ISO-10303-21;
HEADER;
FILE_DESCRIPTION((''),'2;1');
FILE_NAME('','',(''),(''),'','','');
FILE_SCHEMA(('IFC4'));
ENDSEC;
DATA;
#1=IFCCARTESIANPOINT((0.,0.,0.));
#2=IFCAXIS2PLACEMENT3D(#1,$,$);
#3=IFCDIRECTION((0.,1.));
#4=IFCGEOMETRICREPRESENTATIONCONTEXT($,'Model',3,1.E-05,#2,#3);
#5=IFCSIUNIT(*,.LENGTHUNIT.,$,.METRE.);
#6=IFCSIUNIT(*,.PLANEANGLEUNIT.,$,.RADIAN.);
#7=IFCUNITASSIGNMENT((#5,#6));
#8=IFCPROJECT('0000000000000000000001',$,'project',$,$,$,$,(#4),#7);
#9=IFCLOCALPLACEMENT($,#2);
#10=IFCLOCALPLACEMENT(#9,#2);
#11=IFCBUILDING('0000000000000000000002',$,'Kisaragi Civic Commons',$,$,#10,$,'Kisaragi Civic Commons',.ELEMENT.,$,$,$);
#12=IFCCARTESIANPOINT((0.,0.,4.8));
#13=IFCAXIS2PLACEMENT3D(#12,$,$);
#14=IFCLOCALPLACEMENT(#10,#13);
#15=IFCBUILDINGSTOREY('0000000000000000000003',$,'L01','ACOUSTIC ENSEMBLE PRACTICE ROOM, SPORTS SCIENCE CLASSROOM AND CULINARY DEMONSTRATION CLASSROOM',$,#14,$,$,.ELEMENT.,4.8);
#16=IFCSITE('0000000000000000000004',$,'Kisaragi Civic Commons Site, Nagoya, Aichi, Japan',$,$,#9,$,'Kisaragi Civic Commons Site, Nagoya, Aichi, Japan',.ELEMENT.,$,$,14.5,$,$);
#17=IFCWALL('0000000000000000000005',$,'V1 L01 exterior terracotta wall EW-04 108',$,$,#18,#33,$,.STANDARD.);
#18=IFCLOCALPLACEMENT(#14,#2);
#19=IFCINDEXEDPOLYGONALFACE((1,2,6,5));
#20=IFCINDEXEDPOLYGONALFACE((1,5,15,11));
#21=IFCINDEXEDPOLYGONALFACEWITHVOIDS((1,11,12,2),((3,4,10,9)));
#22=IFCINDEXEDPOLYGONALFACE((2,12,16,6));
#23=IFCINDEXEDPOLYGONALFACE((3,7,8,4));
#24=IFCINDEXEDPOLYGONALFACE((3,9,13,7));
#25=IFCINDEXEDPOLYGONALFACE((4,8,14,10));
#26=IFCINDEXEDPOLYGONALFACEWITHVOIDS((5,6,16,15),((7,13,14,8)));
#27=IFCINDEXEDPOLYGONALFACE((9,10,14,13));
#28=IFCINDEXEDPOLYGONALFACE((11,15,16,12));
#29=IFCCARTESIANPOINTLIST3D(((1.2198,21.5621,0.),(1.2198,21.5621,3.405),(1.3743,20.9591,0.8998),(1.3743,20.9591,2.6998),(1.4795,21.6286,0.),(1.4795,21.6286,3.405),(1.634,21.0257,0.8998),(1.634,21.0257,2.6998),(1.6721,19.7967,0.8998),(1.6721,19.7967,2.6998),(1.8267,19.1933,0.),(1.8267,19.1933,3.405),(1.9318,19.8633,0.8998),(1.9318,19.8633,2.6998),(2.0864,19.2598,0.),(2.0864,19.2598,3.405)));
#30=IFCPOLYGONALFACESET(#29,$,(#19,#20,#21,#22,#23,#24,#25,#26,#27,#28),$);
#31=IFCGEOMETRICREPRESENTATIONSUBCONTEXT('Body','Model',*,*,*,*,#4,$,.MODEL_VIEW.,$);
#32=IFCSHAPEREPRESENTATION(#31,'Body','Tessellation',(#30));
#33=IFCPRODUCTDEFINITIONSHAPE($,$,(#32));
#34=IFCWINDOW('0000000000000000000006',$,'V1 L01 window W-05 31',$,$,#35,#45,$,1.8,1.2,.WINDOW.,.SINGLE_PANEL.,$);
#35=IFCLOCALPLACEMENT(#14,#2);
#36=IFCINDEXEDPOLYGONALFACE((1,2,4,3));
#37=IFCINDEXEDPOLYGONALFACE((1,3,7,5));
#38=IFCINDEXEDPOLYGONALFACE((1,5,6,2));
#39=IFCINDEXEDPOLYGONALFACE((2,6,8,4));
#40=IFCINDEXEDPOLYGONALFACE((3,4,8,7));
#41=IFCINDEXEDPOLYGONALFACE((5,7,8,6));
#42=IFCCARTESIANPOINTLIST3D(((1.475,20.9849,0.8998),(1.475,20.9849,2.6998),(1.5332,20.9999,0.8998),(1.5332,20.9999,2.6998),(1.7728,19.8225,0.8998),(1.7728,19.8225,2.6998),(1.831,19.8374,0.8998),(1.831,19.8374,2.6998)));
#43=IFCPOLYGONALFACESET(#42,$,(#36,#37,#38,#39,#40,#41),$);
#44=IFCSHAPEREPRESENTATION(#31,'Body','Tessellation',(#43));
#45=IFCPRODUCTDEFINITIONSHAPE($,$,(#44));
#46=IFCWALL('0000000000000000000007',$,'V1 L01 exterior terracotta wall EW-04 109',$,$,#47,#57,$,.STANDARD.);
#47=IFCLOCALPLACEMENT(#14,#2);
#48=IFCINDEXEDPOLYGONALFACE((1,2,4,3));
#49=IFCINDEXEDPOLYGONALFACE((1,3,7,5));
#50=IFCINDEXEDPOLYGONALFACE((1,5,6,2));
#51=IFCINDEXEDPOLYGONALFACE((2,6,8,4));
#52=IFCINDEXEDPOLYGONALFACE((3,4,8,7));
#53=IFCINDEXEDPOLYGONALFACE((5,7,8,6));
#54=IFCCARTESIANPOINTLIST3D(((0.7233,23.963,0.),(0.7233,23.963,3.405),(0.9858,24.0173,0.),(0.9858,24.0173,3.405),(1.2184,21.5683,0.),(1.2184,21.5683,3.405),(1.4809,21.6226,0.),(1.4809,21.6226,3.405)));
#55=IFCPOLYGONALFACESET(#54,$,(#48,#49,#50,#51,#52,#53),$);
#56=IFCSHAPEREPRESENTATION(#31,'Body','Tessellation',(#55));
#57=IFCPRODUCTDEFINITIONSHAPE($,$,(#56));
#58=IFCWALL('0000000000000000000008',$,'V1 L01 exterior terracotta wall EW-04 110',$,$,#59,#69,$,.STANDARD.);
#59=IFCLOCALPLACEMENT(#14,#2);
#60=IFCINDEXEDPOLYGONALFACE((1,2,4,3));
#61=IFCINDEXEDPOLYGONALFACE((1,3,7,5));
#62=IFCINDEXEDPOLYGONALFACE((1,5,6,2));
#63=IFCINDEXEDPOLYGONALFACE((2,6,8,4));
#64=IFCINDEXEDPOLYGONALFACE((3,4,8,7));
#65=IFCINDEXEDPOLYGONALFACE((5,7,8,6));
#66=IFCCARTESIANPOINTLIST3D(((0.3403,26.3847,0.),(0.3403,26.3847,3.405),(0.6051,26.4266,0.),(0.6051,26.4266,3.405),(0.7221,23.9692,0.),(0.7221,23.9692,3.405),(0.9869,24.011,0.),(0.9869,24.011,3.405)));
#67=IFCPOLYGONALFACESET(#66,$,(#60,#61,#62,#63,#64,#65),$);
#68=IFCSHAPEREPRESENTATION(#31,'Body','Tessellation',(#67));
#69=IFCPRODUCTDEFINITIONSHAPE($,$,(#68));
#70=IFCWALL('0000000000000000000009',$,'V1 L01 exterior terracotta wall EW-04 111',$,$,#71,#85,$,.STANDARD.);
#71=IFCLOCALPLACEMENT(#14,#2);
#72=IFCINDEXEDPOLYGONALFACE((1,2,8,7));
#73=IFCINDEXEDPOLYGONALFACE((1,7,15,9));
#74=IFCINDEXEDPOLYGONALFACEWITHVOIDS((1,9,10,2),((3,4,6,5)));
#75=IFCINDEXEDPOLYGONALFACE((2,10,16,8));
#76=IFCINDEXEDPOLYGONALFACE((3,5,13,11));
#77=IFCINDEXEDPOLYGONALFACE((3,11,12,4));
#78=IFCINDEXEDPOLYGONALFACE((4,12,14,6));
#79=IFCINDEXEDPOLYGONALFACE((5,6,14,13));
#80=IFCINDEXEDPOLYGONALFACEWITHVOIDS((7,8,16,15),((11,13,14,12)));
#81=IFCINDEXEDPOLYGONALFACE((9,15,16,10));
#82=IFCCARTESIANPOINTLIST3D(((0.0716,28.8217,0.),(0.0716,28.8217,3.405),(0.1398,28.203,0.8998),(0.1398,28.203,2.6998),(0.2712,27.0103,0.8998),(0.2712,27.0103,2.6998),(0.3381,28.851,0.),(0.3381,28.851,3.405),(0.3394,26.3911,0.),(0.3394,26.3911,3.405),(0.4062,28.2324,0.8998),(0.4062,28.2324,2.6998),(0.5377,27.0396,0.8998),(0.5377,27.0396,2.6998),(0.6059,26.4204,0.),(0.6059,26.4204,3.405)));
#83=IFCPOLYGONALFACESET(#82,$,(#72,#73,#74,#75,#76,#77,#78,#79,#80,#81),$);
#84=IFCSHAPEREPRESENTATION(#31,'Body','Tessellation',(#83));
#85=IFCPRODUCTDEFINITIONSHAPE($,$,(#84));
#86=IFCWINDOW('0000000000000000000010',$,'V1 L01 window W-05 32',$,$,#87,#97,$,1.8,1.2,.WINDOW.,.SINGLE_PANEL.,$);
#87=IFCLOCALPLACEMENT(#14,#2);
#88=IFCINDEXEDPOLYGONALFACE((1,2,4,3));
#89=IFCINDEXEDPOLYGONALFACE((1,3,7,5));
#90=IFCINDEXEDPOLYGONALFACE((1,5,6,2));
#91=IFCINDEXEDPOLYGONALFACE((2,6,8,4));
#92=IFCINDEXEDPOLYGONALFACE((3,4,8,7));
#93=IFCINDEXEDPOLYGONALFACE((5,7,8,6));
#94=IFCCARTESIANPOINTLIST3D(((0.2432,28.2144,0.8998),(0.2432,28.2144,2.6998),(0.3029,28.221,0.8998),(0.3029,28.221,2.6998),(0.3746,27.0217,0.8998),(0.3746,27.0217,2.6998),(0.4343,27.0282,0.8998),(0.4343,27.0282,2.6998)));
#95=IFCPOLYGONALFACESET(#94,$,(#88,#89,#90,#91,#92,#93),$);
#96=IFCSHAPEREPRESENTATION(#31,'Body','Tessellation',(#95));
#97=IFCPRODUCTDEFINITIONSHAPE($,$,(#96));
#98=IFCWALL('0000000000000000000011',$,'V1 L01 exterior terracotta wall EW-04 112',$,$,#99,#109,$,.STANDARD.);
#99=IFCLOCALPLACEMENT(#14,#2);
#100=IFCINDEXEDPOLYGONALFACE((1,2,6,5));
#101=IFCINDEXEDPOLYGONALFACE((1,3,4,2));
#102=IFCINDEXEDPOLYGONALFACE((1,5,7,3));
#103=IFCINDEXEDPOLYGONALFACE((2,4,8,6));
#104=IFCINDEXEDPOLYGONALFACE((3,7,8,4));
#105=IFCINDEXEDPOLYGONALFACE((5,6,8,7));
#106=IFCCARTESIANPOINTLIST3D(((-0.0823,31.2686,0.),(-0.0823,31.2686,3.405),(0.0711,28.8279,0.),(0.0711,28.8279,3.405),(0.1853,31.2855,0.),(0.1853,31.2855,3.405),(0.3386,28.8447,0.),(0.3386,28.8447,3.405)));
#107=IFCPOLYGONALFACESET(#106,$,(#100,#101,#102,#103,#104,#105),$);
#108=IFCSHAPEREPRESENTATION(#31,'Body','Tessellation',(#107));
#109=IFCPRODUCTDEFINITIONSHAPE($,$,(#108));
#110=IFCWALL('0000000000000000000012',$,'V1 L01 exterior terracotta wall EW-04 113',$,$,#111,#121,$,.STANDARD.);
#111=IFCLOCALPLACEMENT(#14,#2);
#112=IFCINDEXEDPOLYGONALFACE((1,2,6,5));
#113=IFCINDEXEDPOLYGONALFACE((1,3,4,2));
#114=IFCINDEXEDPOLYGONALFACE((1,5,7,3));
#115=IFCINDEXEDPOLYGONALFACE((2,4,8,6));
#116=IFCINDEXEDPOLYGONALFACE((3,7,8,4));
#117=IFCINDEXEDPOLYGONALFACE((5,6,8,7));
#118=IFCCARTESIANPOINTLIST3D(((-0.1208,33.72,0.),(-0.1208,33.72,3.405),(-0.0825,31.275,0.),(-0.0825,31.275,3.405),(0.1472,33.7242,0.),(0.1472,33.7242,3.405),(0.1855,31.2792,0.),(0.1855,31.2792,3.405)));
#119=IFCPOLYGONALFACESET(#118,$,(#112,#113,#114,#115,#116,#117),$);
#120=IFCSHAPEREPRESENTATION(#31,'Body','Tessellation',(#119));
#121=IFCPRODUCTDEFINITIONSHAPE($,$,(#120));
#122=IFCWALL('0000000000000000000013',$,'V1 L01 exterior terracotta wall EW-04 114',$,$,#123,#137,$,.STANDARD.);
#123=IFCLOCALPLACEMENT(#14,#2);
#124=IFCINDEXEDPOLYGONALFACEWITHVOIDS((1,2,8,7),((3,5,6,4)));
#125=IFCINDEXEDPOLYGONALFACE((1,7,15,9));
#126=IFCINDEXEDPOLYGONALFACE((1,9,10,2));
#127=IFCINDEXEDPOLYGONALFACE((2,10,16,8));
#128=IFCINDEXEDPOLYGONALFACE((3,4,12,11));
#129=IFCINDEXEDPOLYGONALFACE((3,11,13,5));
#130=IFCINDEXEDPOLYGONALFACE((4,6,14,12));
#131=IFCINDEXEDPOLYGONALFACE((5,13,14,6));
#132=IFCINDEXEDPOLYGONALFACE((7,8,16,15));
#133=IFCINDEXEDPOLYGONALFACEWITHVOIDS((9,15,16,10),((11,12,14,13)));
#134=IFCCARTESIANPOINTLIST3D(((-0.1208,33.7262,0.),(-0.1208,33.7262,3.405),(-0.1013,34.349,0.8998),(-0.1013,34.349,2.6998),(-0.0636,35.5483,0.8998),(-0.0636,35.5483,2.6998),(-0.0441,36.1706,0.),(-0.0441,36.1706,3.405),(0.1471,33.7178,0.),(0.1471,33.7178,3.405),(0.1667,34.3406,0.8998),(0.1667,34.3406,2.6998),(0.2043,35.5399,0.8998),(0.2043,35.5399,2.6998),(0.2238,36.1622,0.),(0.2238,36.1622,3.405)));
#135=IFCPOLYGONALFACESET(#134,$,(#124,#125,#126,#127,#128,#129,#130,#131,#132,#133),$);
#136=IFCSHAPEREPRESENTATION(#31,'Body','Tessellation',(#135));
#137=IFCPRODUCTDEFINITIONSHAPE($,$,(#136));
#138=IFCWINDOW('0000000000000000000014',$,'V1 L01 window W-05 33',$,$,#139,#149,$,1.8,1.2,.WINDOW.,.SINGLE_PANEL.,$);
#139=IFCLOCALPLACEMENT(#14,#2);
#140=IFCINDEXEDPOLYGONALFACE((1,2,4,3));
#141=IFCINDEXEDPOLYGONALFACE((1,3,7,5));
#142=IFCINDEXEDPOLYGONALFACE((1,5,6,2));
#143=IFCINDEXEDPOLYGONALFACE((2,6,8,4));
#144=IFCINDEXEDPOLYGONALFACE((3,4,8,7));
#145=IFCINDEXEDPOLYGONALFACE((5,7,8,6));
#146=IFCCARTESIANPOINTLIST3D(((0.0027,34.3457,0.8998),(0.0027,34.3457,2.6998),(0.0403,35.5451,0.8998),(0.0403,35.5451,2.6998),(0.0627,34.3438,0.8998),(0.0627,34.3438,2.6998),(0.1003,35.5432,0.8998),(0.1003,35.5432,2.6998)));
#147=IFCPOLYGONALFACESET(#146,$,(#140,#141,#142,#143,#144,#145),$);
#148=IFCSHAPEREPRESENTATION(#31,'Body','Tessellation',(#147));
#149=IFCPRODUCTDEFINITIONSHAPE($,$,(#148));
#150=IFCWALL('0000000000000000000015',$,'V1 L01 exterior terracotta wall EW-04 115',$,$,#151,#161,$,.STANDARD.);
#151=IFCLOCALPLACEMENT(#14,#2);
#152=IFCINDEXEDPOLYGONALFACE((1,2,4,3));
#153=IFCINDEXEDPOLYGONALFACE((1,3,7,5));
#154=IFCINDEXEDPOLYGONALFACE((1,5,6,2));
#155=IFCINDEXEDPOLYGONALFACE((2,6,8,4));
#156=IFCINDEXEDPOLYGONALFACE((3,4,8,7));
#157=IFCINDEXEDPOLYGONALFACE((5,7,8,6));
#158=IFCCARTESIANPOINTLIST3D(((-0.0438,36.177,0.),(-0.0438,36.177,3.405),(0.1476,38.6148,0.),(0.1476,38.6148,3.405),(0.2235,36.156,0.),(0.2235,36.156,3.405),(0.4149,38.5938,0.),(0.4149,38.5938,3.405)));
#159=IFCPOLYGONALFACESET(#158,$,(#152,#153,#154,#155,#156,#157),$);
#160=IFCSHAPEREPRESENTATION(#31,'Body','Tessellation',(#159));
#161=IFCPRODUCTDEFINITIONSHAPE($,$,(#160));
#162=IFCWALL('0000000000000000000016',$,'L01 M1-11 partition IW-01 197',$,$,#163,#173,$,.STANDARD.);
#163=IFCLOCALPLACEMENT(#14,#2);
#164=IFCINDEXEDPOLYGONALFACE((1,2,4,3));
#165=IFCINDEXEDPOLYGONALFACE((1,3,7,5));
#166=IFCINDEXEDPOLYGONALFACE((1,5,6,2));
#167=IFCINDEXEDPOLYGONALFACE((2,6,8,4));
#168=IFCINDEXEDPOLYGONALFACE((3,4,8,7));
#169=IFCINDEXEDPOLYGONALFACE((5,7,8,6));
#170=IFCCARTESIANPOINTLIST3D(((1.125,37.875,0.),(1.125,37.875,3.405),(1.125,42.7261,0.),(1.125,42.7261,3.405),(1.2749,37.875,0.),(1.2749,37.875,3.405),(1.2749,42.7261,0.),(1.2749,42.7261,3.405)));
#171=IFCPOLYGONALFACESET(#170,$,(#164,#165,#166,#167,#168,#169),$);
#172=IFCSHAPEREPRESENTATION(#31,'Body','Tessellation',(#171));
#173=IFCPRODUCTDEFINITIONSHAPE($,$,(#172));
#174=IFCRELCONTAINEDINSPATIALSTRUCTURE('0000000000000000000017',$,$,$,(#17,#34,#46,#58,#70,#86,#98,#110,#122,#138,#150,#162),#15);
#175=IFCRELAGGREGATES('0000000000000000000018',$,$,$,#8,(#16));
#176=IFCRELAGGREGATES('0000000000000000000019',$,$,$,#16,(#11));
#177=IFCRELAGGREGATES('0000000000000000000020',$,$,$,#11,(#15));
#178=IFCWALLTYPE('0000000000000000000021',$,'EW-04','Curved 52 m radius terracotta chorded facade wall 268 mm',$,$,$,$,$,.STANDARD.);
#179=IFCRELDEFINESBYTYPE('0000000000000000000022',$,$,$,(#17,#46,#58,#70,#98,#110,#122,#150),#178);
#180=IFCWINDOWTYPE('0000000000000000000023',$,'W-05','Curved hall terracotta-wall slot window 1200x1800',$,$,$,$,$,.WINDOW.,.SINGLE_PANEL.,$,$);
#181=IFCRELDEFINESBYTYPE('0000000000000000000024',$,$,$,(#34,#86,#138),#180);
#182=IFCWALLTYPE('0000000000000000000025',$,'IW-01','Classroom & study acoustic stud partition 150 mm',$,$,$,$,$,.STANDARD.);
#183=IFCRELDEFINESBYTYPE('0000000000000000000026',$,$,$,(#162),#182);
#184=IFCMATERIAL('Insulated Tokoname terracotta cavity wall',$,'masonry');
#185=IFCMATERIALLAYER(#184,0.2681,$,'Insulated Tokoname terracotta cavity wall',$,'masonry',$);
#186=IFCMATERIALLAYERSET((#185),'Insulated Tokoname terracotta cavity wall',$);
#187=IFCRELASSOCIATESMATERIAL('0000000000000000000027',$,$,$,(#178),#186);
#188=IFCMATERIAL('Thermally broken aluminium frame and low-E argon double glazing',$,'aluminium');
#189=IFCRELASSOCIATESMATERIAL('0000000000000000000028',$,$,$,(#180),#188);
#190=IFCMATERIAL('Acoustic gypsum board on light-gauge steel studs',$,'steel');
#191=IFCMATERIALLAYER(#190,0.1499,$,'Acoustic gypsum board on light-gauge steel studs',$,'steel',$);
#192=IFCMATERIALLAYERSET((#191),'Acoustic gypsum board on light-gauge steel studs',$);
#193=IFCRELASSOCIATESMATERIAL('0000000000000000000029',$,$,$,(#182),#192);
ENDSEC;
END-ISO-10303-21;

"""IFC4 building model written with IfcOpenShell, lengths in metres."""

from ifc_helpers import new_model, si_unit, direction, frame, frame_2d, origin, place, context, subcontext, project, spatial, rectangle, extrude, material, layer, layer_set, type_object, element, fill, save


model = new_model("IFC4")

# Units and contexts
model_context = context("Model", 3, precision=1e-05, world=origin(), true_north=direction((0.0, 1.0)))
body_context = subcontext(model_context, "Body", "Model", "MODEL_VIEW")
ifc_project = project(units=[si_unit("LENGTHUNIT", "METRE"), si_unit("PLANEANGLEUNIT", "RADIAN")], contexts=[model_context])

# Site, building, storey
site_placement = place(None, origin())
site = spatial("IfcSite", under=ifc_project, at=site_placement, Name="Kisaragi Civic Commons Site, Nagoya, Aichi, Japan", LongName="Kisaragi Civic Commons Site, Nagoya, Aichi, Japan", CompositionType="ELEMENT", RefElevation=14.5)
building_placement = place(site_placement, origin())
building = spatial("IfcBuilding", under=site, at=building_placement, Name="Kisaragi Civic Commons", LongName="Kisaragi Civic Commons", CompositionType="ELEMENT")
storey_placement = place(building_placement, frame((0.0, 0.0, 4.8)))
storey = spatial("IfcBuildingStorey", under=building, at=storey_placement, Name="L01", Description="ACOUSTIC ENSEMBLE PRACTICE ROOM, SPORTS SCIENCE CLASSROOM AND CULINARY DEMONSTRATION CLASSROOM", CompositionType="ELEMENT", Elevation=4.8)

# Shared definitions
ifc_material_1 = material(Name="Insulated Tokoname terracotta cavity wall", Category="masonry")
ifc_layer_1 = layer(ifc_material_1, 0.2681, Name="Insulated Tokoname terracotta cavity wall", Category="masonry")
ifc_layer_set_1 = layer_set([ifc_layer_1], Name="Insulated Tokoname terracotta cavity wall")
wall_type_1 = type_object("IfcWallType", Name="EW-04", Description="Curved 52 m radius terracotta chorded facade wall 268 mm", PredefinedType="STANDARD", material=ifc_layer_set_1)

# Wall, opening, window
wall_1_placement = place(storey_placement, frame((1.9565, 19.2266, 0.0), z_axis=(0.0, 0.0, 1.0), x_axis=(-0.248193, 0.968711, 0.0)))
wall_1 = element("IfcWall", 1, at=wall_1_placement, inside=storey, type_object=wall_type_1, Name="V1 L01 exterior terracotta wall EW-04 108", PredefinedType="STANDARD", context=body_context, shape_type="SweptSolid", body=[
    extrude(rectangle(XDim=2.4453, YDim=0.2681, at=frame_2d((1.2227, 0.0))), origin(), (0.0, 0.0, 1.0), 3.405),
])
opening_1_placement = place(wall_1_placement, frame((0.6228, 0.0, 0.8999)))
opening_1 = element("IfcOpeningElement", 2, at=opening_1_placement, cuts=wall_1, PredefinedType="OPENING", context=body_context, shape_type="SweptSolid", body=[
    extrude(rectangle(XDim=1.2, YDim=1.8, at=frame_2d((0.6001, 0.8999))), frame((0.0, 0.144, 0.0), z_axis=(0.0, -1.0, 0.0), x_axis=(1.0, 0.0, 0.0)), (0.0, 0.0, 1.0), 0.2881),
])
ifc_material_2 = material(Name="Thermally broken aluminium frame and low-E argon double glazing", Category="aluminium")
window_type = type_object("IfcWindowType", Name="W-05", Description="Curved hall terracotta-wall slot window 1200x1800", PartitioningType="SINGLE_PANEL", PredefinedType="WINDOW", material=ifc_material_2)
window_1_placement = place(opening_1_placement, origin())
window_1 = element("IfcWindow", 3, at=window_1_placement, inside=storey, type_object=window_type, Name="V1 L01 window W-05 31", OverallHeight=1.8, OverallWidth=1.2, PartitioningType="SINGLE_PANEL", PredefinedType="WINDOW", context=body_context, shape_type="SweptSolid", body=[
    extrude(rectangle(XDim=1.2, YDim=1.8, at=frame_2d((0.6001, 0.8999))), frame((0.0, 0.03, 0.0), z_axis=(0.0, -1.0, 0.0), x_axis=(1.0, 0.0, 0.0)), (0.0, 0.0, 1.0), 0.0601),
])
fill(opening_1, window_1)

# Walls
wall_2_placement = place(storey_placement, frame((1.3496, 21.5955, 0.0), z_axis=(0.0, 0.0, 1.0), x_axis=(-0.202467, 0.979289, 0.0)))
element("IfcWall", 4, at=wall_2_placement, inside=storey, type_object=wall_type_1, Name="V1 L01 exterior terracotta wall EW-04 109", PredefinedType="STANDARD", context=body_context, shape_type="SweptSolid", body=[
    extrude(rectangle(XDim=2.4453, YDim=0.2681, at=frame_2d((1.2227, 0.0))), origin(), (0.0, 0.0, 1.0), 3.405),
])
wall_3_placement = place(storey_placement, frame((0.8545, 23.9902, 0.0), z_axis=(0.0, 0.0, 1.0), x_axis=(-0.156137, 0.987735, 0.0)))
element("IfcWall", 5, at=wall_3_placement, inside=storey, type_object=wall_type_1, Name="V1 L01 exterior terracotta wall EW-04 110", PredefinedType="STANDARD", context=body_context, shape_type="SweptSolid", body=[
    extrude(rectangle(XDim=2.4456, YDim=0.2681, at=frame_2d((1.2227, 0.0))), origin(), (0.0, 0.0, 1.0), 3.405),
])

# Wall, opening, window
wall_4_placement = place(storey_placement, frame((0.4727, 26.4058, 0.0), z_axis=(0.0, 0.0, 1.0), x_axis=(-0.109522, 0.993984, 0.0)))
wall_4 = element("IfcWall", 6, at=wall_4_placement, inside=storey, type_object=wall_type_1, Name="V1 L01 exterior terracotta wall EW-04 111", PredefinedType="STANDARD", context=body_context, shape_type="SweptSolid", body=[
    extrude(rectangle(XDim=2.4453, YDim=0.2681, at=frame_2d((1.2227, 0.0))), origin(), (0.0, 0.0, 1.0), 3.405),
])
opening_2_placement = place(wall_4_placement, frame((0.6228, 0.0, 0.8999)))
opening_2 = element("IfcOpeningElement", 7, at=opening_2_placement, cuts=wall_4, PredefinedType="OPENING", context=body_context, shape_type="SweptSolid", body=[
    extrude(rectangle(XDim=1.2, YDim=1.8, at=frame_2d((0.6001, 0.8999))), frame((0.0, 0.144, 0.0), z_axis=(0.0, -1.0, 0.0), x_axis=(1.0, 0.0, 0.0)), (0.0, 0.0, 1.0), 0.2881),
])
window_2_placement = place(opening_2_placement, origin())
window_2 = element("IfcWindow", 8, at=window_2_placement, inside=storey, type_object=window_type, Name="V1 L01 window W-05 32", OverallHeight=1.8, OverallWidth=1.2, PartitioningType="SINGLE_PANEL", PredefinedType="WINDOW", context=body_context, shape_type="SweptSolid", body=[
    extrude(rectangle(XDim=1.2, YDim=1.8, at=frame_2d((0.6001, 0.8999))), frame((0.0, 0.03, 0.0), z_axis=(0.0, -1.0, 0.0), x_axis=(1.0, 0.0, 0.0)), (0.0, 0.0, 1.0), 0.0601),
])
fill(opening_2, window_2)

# Walls
wall_5_placement = place(storey_placement, frame((0.2048, 28.8364, 0.0), z_axis=(0.0, 0.0, 1.0), x_axis=(-0.062695, 0.998033, 0.0)))
element("IfcWall", 9, at=wall_5_placement, inside=storey, type_object=wall_type_1, Name="V1 L01 exterior terracotta wall EW-04 112", PredefinedType="STANDARD", context=body_context, shape_type="SweptSolid", body=[
    extrude(rectangle(XDim=2.4456, YDim=0.2681, at=frame_2d((1.2227, 0.0))), origin(), (0.0, 0.0, 1.0), 3.405),
])
wall_6_placement = place(storey_placement, frame((0.0515, 31.2771, 0.0), z_axis=(0.0, 0.0, 1.0), x_axis=(-0.015675, 0.999877, 0.0)))
element("IfcWall", 10, at=wall_6_placement, inside=storey, type_object=wall_type_1, Name="V1 L01 exterior terracotta wall EW-04 113", PredefinedType="STANDARD", context=body_context, shape_type="SweptSolid", body=[
    extrude(rectangle(XDim=2.4453, YDim=0.2681, at=frame_2d((1.2227, 0.0))), origin(), (0.0, 0.0, 1.0), 3.405),
])

# Wall, opening, window
wall_7_placement = place(storey_placement, frame((0.0132, 33.7222, 0.0), z_axis=(0.0, 0.0, 1.0), x_axis=(0.031347, 0.999509, 0.0)))
wall_7 = element("IfcWall", 11, at=wall_7_placement, inside=storey, type_object=wall_type_1, Name="V1 L01 exterior terracotta wall EW-04 114", PredefinedType="STANDARD", context=body_context, shape_type="SweptSolid", body=[
    extrude(rectangle(XDim=2.4456, YDim=0.2681, at=frame_2d((1.2227, 0.0))), origin(), (0.0, 0.0, 1.0), 3.405),
])
opening_3_placement = place(wall_7_placement, frame((0.6228, 0.0, 0.8999)))
opening_3 = element("IfcOpeningElement", 12, at=opening_3_placement, cuts=wall_7, PredefinedType="OPENING", context=body_context, shape_type="SweptSolid", body=[
    extrude(rectangle(XDim=1.2, YDim=1.8, at=frame_2d((0.6001, 0.8999))), frame((0.0, 0.144, 0.0), z_axis=(0.0, -1.0, 0.0), x_axis=(1.0, 0.0, 0.0)), (0.0, 0.0, 1.0), 0.2881),
])
window_3_placement = place(opening_3_placement, origin())
window_3 = element("IfcWindow", 13, at=window_3_placement, inside=storey, type_object=window_type, Name="V1 L01 window W-05 33", OverallHeight=1.8, OverallWidth=1.2, PartitioningType="SINGLE_PANEL", PredefinedType="WINDOW", context=body_context, shape_type="SweptSolid", body=[
    extrude(rectangle(XDim=1.2, YDim=1.8, at=frame_2d((0.6001, 0.8999))), frame((0.0, 0.03, 0.0), z_axis=(0.0, -1.0, 0.0), x_axis=(1.0, 0.0, 0.0)), (0.0, 0.0, 1.0), 0.0601),
])
fill(opening_3, window_3)

# Walls
wall_8_placement = place(storey_placement, frame((0.0898, 36.1665, 0.0), z_axis=(0.0, 0.0, 1.0), x_axis=(0.078277, 0.996932, 0.0)))
element("IfcWall", 14, at=wall_8_placement, inside=storey, type_object=wall_type_1, Name="V1 L01 exterior terracotta wall EW-04 115", PredefinedType="STANDARD", context=body_context, shape_type="SweptSolid", body=[
    extrude(rectangle(XDim=2.4453, YDim=0.2681, at=frame_2d((1.2227, 0.0))), origin(), (0.0, 0.0, 1.0), 3.405),
])
ifc_material_3 = material(Name="Acoustic gypsum board on light-gauge steel studs", Category="steel")
ifc_layer_2 = layer(ifc_material_3, 0.1499, Name="Acoustic gypsum board on light-gauge steel studs", Category="steel")
ifc_layer_set_2 = layer_set([ifc_layer_2], Name="Acoustic gypsum board on light-gauge steel studs")
wall_type_2 = type_object("IfcWallType", Name="IW-01", Description="Classroom & study acoustic stud partition 150 mm", PredefinedType="STANDARD", material=ifc_layer_set_2)
wall_9_placement = place(storey_placement, frame((1.2, 37.875, 0.0), z_axis=(0.0, 0.0, 1.0), x_axis=(0.0, 1.0, 0.0)))
element("IfcWall", 15, at=wall_9_placement, inside=storey, type_object=wall_type_2, Name="L01 M1-11 partition IW-01 197", PredefinedType="STANDARD", context=body_context, shape_type="SweptSolid", body=[
    extrude(rectangle(XDim=4.8511, YDim=0.1499, at=frame_2d((2.4255, 0.0))), origin(), (0.0, 0.0, 1.0), 3.405),
])

save(model, "model.ifc")
